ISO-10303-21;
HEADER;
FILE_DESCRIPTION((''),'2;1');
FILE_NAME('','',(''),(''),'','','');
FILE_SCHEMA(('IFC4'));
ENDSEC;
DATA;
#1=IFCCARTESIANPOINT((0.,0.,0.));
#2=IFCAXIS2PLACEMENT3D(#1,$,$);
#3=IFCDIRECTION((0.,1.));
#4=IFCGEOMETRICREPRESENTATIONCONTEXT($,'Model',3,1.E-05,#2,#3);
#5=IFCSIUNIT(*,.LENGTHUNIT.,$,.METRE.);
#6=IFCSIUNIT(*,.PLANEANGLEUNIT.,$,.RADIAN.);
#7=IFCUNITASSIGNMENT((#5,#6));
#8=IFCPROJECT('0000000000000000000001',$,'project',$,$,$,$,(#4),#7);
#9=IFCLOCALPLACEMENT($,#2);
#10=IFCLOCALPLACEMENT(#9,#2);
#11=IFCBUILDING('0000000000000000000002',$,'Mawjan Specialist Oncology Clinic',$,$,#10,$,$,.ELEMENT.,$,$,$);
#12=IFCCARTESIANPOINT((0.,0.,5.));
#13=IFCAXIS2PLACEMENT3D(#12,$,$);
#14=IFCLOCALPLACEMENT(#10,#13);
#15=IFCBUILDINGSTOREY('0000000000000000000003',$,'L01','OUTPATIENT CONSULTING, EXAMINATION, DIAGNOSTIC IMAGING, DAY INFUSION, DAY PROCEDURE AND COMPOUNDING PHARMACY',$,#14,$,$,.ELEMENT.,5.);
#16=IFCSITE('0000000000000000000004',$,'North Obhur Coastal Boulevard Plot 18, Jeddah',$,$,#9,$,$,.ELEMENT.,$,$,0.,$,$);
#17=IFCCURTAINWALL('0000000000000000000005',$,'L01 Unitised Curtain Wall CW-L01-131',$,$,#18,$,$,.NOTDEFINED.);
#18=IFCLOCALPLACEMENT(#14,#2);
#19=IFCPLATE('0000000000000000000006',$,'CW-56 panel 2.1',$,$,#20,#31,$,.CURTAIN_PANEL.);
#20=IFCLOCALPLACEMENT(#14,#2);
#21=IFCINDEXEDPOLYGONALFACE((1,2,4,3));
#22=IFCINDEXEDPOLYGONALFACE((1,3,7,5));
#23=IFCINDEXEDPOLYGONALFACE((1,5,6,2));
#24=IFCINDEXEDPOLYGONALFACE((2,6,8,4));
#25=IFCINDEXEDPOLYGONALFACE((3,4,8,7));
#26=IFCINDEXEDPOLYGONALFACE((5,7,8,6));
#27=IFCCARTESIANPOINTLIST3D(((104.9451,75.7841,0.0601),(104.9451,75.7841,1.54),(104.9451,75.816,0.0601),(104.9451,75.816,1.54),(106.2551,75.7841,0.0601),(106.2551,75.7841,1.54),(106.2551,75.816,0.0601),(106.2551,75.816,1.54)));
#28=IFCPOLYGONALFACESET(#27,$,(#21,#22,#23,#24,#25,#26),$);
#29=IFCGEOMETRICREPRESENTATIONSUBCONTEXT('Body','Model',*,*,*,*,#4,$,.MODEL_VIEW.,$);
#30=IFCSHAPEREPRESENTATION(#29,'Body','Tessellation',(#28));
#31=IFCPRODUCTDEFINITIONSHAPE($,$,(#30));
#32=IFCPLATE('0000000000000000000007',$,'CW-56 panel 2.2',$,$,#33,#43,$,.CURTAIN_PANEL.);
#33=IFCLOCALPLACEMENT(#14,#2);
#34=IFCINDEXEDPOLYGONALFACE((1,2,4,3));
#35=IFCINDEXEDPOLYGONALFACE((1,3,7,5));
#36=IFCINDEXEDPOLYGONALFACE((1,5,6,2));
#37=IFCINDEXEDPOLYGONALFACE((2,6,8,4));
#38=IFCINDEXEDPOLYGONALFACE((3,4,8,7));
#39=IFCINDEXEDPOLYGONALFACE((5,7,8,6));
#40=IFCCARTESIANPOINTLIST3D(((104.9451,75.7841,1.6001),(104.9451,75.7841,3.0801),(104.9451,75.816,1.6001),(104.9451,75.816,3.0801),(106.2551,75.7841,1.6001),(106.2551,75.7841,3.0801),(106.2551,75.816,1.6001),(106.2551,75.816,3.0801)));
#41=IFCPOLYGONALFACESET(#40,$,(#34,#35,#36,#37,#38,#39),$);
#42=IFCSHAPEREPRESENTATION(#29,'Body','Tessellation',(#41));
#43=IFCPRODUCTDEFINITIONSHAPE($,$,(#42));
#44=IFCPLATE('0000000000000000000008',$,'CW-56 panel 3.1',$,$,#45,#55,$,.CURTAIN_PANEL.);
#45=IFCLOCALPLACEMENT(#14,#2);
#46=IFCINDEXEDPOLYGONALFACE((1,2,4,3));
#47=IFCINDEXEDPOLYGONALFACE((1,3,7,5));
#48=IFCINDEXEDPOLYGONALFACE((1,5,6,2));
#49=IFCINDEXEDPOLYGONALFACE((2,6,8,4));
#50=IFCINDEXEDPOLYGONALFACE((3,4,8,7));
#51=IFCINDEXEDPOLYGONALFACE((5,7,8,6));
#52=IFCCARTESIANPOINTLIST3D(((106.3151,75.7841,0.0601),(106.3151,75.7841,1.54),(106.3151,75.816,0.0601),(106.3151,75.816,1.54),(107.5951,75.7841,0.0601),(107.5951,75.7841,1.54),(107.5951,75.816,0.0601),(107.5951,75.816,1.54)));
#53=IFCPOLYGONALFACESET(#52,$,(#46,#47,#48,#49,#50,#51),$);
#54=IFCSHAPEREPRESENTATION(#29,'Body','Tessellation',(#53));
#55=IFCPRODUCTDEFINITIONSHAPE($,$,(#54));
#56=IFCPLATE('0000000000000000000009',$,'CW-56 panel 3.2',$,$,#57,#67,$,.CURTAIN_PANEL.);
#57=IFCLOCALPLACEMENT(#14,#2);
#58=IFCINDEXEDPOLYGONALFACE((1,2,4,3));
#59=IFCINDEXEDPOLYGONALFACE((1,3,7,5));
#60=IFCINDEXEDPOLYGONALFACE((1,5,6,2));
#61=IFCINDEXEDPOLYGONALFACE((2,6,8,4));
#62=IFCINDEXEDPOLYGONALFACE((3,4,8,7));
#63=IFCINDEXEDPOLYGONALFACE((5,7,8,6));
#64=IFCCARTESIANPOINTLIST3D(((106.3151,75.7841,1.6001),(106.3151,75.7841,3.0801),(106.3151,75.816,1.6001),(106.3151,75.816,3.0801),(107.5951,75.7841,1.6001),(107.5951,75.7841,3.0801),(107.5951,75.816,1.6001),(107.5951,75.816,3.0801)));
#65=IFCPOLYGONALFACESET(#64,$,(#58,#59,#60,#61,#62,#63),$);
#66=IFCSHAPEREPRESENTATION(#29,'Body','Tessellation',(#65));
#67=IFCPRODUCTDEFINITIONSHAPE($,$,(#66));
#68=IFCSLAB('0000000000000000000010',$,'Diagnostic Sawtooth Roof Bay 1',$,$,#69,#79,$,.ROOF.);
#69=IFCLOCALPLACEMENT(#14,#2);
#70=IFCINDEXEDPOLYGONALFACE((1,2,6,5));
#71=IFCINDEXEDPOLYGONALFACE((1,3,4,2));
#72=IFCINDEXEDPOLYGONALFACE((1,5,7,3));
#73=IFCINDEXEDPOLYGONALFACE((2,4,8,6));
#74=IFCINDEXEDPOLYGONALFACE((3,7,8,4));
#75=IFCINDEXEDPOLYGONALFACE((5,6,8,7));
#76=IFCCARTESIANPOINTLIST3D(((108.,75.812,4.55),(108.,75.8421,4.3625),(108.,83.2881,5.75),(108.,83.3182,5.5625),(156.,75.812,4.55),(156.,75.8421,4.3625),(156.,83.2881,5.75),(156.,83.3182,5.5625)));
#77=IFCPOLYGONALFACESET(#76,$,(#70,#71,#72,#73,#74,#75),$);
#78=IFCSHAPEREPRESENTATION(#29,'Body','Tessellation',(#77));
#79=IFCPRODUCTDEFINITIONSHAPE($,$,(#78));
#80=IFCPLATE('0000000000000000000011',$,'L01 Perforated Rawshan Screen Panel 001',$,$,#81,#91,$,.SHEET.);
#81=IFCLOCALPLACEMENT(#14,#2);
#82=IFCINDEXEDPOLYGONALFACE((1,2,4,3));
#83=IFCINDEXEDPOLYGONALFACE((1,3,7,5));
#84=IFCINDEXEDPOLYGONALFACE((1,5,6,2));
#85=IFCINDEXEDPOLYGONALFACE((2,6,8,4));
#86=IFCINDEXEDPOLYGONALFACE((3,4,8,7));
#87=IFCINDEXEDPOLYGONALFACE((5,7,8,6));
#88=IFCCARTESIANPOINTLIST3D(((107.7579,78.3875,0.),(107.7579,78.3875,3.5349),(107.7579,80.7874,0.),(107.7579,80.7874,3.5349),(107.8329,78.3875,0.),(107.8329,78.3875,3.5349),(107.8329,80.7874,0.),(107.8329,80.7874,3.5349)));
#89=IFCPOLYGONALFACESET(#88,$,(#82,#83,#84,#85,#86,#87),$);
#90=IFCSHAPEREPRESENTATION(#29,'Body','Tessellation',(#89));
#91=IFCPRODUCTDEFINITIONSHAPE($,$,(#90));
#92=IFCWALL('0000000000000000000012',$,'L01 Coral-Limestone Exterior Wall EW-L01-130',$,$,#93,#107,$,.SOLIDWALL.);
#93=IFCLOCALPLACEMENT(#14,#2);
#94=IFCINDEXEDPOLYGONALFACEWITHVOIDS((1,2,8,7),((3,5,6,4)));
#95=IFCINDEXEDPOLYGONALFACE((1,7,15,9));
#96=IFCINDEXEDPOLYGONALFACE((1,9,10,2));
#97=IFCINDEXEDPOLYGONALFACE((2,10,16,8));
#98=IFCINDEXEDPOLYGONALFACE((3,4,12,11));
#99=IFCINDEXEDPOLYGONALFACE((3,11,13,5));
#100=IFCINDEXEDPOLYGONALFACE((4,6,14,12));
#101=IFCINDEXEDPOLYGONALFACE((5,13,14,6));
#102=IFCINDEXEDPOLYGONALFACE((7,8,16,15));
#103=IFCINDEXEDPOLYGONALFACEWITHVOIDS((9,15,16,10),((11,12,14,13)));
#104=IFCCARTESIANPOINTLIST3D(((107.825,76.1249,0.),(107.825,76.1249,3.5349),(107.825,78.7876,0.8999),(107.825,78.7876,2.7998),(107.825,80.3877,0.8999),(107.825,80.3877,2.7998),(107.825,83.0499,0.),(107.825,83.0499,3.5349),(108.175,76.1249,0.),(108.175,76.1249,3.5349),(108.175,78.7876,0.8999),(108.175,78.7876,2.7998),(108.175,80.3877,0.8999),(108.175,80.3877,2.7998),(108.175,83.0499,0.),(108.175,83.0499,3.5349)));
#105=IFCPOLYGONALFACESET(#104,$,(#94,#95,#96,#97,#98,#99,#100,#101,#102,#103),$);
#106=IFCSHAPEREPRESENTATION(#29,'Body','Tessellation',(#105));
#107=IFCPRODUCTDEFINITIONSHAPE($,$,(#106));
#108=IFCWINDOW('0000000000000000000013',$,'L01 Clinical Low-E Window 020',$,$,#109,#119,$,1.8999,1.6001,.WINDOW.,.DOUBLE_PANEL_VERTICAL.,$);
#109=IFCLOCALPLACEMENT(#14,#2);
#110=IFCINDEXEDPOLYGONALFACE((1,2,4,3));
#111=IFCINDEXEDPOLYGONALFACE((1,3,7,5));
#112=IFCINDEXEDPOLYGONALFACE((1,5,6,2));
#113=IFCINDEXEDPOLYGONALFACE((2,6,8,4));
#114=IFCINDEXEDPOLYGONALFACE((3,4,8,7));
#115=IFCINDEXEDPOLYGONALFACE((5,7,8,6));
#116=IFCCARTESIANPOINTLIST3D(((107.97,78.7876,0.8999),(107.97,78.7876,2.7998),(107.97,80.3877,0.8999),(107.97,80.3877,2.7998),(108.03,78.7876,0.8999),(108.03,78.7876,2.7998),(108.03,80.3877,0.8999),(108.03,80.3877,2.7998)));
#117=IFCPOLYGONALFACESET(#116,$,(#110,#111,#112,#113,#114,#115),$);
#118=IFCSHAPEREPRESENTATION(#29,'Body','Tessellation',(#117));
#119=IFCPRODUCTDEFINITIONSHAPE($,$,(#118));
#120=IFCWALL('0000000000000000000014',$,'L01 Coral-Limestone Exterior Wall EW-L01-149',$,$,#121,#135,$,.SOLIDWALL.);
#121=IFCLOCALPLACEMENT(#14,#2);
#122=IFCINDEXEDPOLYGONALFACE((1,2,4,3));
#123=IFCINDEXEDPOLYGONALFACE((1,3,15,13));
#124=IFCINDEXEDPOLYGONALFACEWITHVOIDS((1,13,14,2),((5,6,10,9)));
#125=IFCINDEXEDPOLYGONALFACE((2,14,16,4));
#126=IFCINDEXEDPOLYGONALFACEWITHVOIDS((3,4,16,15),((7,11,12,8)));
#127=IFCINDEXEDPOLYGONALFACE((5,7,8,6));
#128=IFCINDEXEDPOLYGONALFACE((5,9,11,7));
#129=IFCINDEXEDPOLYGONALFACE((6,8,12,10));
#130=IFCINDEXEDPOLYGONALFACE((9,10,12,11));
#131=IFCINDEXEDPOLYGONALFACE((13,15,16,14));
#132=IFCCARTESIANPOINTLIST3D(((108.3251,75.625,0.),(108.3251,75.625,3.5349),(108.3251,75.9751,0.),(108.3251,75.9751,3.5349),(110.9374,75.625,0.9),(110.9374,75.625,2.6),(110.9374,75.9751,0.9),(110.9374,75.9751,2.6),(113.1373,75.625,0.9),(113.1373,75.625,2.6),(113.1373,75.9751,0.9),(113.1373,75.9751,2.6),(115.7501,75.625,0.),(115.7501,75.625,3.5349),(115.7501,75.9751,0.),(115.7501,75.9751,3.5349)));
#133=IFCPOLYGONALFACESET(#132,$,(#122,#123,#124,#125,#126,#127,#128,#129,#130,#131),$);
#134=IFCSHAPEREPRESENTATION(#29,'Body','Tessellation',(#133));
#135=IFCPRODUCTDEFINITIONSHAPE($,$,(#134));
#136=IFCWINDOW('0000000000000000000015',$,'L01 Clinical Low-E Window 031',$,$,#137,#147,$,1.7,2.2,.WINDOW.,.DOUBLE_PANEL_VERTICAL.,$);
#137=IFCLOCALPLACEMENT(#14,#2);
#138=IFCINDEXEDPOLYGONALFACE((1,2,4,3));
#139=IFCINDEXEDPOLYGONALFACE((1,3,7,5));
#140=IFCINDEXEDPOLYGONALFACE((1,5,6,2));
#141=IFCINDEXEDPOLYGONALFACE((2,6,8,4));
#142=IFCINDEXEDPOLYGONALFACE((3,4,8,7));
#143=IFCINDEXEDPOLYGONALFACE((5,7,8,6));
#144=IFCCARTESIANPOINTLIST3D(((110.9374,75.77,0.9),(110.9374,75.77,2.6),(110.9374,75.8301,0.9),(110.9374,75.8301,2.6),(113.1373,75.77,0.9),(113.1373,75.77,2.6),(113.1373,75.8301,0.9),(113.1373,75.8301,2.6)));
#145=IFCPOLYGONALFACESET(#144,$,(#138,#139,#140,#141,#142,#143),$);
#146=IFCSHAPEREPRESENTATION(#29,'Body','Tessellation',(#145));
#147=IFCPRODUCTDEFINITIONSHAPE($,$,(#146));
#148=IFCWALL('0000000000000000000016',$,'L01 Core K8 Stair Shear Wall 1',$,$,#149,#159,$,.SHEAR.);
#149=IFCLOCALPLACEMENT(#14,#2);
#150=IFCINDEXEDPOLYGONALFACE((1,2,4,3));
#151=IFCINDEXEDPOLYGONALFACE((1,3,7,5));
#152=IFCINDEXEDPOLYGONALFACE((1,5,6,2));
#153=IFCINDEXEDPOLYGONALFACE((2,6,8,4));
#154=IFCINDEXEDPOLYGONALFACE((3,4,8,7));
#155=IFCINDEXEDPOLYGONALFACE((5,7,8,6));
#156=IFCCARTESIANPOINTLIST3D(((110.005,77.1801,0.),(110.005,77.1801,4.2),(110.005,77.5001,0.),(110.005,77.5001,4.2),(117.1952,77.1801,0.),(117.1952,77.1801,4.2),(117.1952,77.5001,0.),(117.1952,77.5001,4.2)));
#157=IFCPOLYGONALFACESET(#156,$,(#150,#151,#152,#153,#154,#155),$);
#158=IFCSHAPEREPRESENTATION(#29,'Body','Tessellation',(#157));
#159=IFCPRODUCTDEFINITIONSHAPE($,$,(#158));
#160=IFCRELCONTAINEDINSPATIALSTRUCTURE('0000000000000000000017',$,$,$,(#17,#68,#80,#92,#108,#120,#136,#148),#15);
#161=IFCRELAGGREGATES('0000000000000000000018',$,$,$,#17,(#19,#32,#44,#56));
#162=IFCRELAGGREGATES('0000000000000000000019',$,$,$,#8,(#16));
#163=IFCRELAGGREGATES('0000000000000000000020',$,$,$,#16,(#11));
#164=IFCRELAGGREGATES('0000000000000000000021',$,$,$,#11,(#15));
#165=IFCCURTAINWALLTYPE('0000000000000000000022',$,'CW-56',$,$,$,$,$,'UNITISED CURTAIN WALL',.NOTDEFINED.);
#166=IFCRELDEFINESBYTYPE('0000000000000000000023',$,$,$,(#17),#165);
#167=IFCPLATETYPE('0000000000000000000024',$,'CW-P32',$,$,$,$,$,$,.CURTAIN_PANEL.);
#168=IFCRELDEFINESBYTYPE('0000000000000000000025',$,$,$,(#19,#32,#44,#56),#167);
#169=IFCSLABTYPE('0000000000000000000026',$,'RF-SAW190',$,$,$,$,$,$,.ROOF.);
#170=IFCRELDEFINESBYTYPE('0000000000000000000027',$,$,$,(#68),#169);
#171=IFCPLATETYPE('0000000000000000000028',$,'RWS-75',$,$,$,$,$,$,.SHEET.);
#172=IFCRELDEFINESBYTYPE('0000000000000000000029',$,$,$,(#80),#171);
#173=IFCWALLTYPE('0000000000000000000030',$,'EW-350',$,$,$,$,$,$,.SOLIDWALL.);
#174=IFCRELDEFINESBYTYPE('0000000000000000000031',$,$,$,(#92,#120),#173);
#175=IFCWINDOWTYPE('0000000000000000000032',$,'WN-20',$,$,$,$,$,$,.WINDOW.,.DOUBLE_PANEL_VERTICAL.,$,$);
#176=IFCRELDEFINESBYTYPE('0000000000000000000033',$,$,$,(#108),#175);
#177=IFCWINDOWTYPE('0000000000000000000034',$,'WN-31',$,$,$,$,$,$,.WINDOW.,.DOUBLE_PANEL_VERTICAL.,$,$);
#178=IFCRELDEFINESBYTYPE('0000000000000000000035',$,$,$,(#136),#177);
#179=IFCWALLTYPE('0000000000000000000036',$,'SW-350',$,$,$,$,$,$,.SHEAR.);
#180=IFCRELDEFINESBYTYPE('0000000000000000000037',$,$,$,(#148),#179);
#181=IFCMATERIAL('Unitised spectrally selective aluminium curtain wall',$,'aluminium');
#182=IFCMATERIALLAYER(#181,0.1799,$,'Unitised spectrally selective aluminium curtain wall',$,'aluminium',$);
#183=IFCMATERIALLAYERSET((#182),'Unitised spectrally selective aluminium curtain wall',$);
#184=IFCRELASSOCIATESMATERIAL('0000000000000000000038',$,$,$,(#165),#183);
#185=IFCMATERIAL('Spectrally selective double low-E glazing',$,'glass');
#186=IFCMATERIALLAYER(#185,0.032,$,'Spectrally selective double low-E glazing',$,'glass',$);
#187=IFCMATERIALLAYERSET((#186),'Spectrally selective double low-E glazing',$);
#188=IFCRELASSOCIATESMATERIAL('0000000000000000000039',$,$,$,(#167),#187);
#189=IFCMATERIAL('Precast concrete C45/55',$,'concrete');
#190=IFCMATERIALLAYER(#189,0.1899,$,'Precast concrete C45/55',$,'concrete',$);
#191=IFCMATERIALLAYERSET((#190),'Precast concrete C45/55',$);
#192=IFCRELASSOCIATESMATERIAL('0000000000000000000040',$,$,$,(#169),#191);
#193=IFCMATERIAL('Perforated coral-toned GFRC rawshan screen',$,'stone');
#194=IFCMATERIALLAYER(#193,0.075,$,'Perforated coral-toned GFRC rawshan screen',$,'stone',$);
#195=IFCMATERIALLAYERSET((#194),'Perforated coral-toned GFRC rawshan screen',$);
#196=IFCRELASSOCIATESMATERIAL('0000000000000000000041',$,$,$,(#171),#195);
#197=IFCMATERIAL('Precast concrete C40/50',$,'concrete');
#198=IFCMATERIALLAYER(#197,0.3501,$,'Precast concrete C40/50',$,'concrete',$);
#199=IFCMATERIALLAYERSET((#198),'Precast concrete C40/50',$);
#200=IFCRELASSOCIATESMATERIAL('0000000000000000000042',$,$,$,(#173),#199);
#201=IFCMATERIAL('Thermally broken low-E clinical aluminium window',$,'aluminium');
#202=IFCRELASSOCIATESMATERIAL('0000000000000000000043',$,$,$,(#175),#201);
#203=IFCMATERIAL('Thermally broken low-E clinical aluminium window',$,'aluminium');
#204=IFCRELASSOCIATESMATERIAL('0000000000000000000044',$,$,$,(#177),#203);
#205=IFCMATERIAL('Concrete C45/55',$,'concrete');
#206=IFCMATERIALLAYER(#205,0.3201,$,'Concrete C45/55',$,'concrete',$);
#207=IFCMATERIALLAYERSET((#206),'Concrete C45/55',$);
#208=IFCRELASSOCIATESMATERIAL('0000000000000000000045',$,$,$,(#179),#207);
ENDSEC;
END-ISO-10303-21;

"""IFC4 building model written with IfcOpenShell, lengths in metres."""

from ifc_helpers import new_model, si_unit, direction, frame, frame_2d, origin, origin_2d, place, context, subcontext, project, spatial, polyline, rectangle, outline, extrude, material, layer, layer_set, type_object, element, fill, aggregate, save


model = new_model("IFC4")

# Units and contexts
model_context = context("Model", 3, precision=1e-05, world=origin(), true_north=direction((0.0, 1.0)))
body_context = subcontext(model_context, "Body", "Model", "MODEL_VIEW")
ifc_project = project(units=[si_unit("LENGTHUNIT", "METRE"), si_unit("PLANEANGLEUNIT", "RADIAN")], contexts=[model_context])

# Site, building, storey
site_placement = place(None, origin())
site = spatial("IfcSite", under=ifc_project, at=site_placement, Name="North Obhur Coastal Boulevard Plot 18, Jeddah", CompositionType="ELEMENT", RefElevation=0.0)
building_placement = place(site_placement, origin())
building = spatial("IfcBuilding", under=site, at=building_placement, Name="Mawjan Specialist Oncology Clinic", CompositionType="ELEMENT")
storey_placement = place(building_placement, frame((0.0, 0.0, 5.0)))
storey = spatial("IfcBuildingStorey", under=building, at=storey_placement, Name="L01", Description="OUTPATIENT CONSULTING, EXAMINATION, DIAGNOSTIC IMAGING, DAY INFUSION, DAY PROCEDURE AND COMPOUNDING PHARMACY", CompositionType="ELEMENT", Elevation=5.0)

# Curtain wall
ifc_material_1 = material(Name="Unitised spectrally selective aluminium curtain wall", Category="aluminium")
ifc_layer_1 = layer(ifc_material_1, 0.1799, Name="Unitised spectrally selective aluminium curtain wall", Category="aluminium")
ifc_layer_set_1 = layer_set([ifc_layer_1], Name="Unitised spectrally selective aluminium curtain wall")
curtain_wall_type = type_object("IfcCurtainWallType", Name="CW-56", ElementType="UNITISED CURTAIN WALL", PredefinedType="NOTDEFINED", material=ifc_layer_set_1)
curtain_wall_placement = place(storey_placement, origin())
curtain_wall = element("IfcCurtainWall", 1, at=curtain_wall_placement, inside=storey, type_object=curtain_wall_type, Name="L01 Unitised Curtain Wall CW-L01-131", PredefinedType="NOTDEFINED")

# Plates
ifc_material_2 = material(Name="Spectrally selective double low-E glazing", Category="glass")
ifc_layer_2 = layer(ifc_material_2, 0.032, Name="Spectrally selective double low-E glazing", Category="glass")
ifc_layer_set_2 = layer_set([ifc_layer_2], Name="Spectrally selective double low-E glazing")
plate_type_1 = type_object("IfcPlateType", Name="CW-P32", PredefinedType="CURTAIN_PANEL", material=ifc_layer_set_2)
plate_1_placement = place(storey_placement, frame((105.6001, 75.8, 0.0601), z_axis=(0.0, 0.0, 1.0), x_axis=(1.0, 0.0, 0.0)))
plate_1 = element("IfcPlate", 2, at=plate_1_placement, type_object=plate_type_1, Name="CW-56 panel 2.1", PredefinedType="CURTAIN_PANEL", context=body_context, shape_type="SweptSolid", body=[
    extrude(rectangle(XDim=1.3101, YDim=0.032, at=origin_2d()), origin(), (0.0, 0.0, 1.0), 1.48),
])
plate_2_placement = place(storey_placement, frame((105.6001, 75.8, 1.6001), z_axis=(0.0, 0.0, 1.0), x_axis=(1.0, 0.0, 0.0)))
plate_2 = element("IfcPlate", 3, at=plate_2_placement, type_object=plate_type_1, Name="CW-56 panel 2.2", PredefinedType="CURTAIN_PANEL", context=body_context, shape_type="SweptSolid", body=[
    extrude(rectangle(XDim=1.3101, YDim=0.032, at=origin_2d()), origin(), (0.0, 0.0, 1.0), 1.48),
])
plate_3_placement = place(storey_placement, frame((106.9551, 75.8, 0.0601), z_axis=(0.0, 0.0, 1.0), x_axis=(1.0, 0.0, 0.0)))
plate_3 = element("IfcPlate", 4, at=plate_3_placement, type_object=plate_type_1, Name="CW-56 panel 3.1", PredefinedType="CURTAIN_PANEL", context=body_context, shape_type="SweptSolid", body=[
    extrude(rectangle(XDim=1.28, YDim=0.032, at=origin_2d()), origin(), (0.0, 0.0, 1.0), 1.48),
])
plate_4_placement = place(storey_placement, frame((106.9551, 75.8, 1.6001), z_axis=(0.0, 0.0, 1.0), x_axis=(1.0, 0.0, 0.0)))
plate_4 = element("IfcPlate", 5, at=plate_4_placement, type_object=plate_type_1, Name="CW-56 panel 3.2", PredefinedType="CURTAIN_PANEL", context=body_context, shape_type="SweptSolid", body=[
    extrude(rectangle(XDim=1.28, YDim=0.032, at=origin_2d()), origin(), (0.0, 0.0, 1.0), 1.48),
])
aggregate(curtain_wall, [plate_1, plate_2, plate_3, plate_4])

# Slab
ifc_material_3 = material(Name="Precast concrete C45/55", Category="concrete")
ifc_layer_3 = layer(ifc_material_3, 0.1899, Name="Precast concrete C45/55", Category="concrete")
ifc_layer_set_3 = layer_set([ifc_layer_3], Name="Precast concrete C45/55")
slab_type = type_object("IfcSlabType", Name="RF-SAW190", PredefinedType="ROOF", material=ifc_layer_set_3)
slab_placement = place(storey_placement, frame((108.0, 75.812, 4.55), z_axis=(0.0, -0.158477, 0.987363), x_axis=(1.0, 0.0, 0.0)))
element("IfcSlab", 6, at=slab_placement, inside=storey, type_object=slab_type, Name="Diagnostic Sawtooth Roof Bay 1", PredefinedType="ROOF", context=body_context, shape_type="SweptSolid", body=[
    extrude(outline(polyline([(0.0, 0.0), (48.0, 0.0), (48.0, 7.5718), (0.0, 7.5718), (0.0, 0.0)])), origin(), (0.0, 0.0, -1.0), 0.1899),
])

# Plate
ifc_material_4 = material(Name="Perforated coral-toned GFRC rawshan screen", Category="stone")
ifc_layer_4 = layer(ifc_material_4, 0.075, Name="Perforated coral-toned GFRC rawshan screen", Category="stone")
ifc_layer_set_4 = layer_set([ifc_layer_4], Name="Perforated coral-toned GFRC rawshan screen")
plate_type_2 = type_object("IfcPlateType", Name="RWS-75", PredefinedType="SHEET", material=ifc_layer_set_4)
plate_5_placement = place(storey_placement, frame((107.7954, 79.5874, 0.0), z_axis=(0.0, 0.0, 1.0), x_axis=(0.0, 1.0, 0.0)))
element("IfcPlate", 7, at=plate_5_placement, inside=storey, type_object=plate_type_2, Name="L01 Perforated Rawshan Screen Panel 001", PredefinedType="SHEET", context=body_context, shape_type="SweptSolid", body=[
    extrude(rectangle(XDim=2.3999, YDim=0.075, at=origin_2d()), origin(), (0.0, 0.0, 1.0), 3.5349),
])

# Walls, openings, windows
ifc_material_5 = material(Name="Precast concrete C40/50", Category="concrete")
ifc_layer_5 = layer(ifc_material_5, 0.3501, Name="Precast concrete C40/50", Category="concrete")
ifc_layer_set_5 = layer_set([ifc_layer_5], Name="Precast concrete C40/50")
wall_type_1 = type_object("IfcWallType", Name="EW-350", PredefinedType="SOLIDWALL", material=ifc_layer_set_5)
wall_1_placement = place(storey_placement, frame((108.0, 76.125, 0.0), z_axis=(0.0, 0.0, 1.0), x_axis=(0.0, 1.0, 0.0)))
wall_1 = element("IfcWall", 8, at=wall_1_placement, inside=storey, type_object=wall_type_1, Name="L01 Coral-Limestone Exterior Wall EW-L01-130", PredefinedType="SOLIDWALL", context=body_context, shape_type="SweptSolid", body=[
    extrude(rectangle(XDim=6.925, YDim=0.3501, at=frame_2d((3.4624, 0.0))), origin(), (0.0, 0.0, 1.0), 3.5349),
])
opening_1_placement = place(wall_1_placement, frame((2.6626, 0.0, 0.8999)))
opening_1 = element("IfcOpeningElement", 9, at=opening_1_placement, cuts=wall_1, PredefinedType="OPENING", context=body_context, shape_type="SweptSolid", body=[
    extrude(rectangle(XDim=1.6001, YDim=1.8999, at=frame_2d((0.8, 0.95))), frame((0.0, 0.187, 0.0), z_axis=(0.0, -1.0, 0.0), x_axis=(1.0, 0.0, 0.0)), (0.0, 0.0, 1.0), 0.374),
])
ifc_material_6 = material(Name="Thermally broken low-E clinical aluminium window", Category="aluminium")
window_type_1 = type_object("IfcWindowType", Name="WN-20", PartitioningType="DOUBLE_PANEL_VERTICAL", PredefinedType="WINDOW", material=ifc_material_6)
window_1_placement = place(opening_1_placement, origin())
window_1 = element("IfcWindow", 10, at=window_1_placement, inside=storey, type_object=window_type_1, Name="L01 Clinical Low-E Window 020", OverallHeight=1.8999, OverallWidth=1.6001, PartitioningType="DOUBLE_PANEL_VERTICAL", PredefinedType="WINDOW", context=body_context, shape_type="SweptSolid", body=[
    extrude(rectangle(XDim=1.6001, YDim=1.8999, at=frame_2d((0.8, 0.95))), frame((0.0, 0.03, 0.0), z_axis=(0.0, -1.0, 0.0), x_axis=(1.0, 0.0, 0.0)), (0.0, 0.0, 1.0), 0.0601),
])
fill(opening_1, window_1)
wall_2_placement = place(storey_placement, frame((115.75, 75.8, 0.0), z_axis=(0.0, 0.0, 1.0), x_axis=(-1.0, 0.0, 0.0)))
wall_2 = element("IfcWall", 11, at=wall_2_placement, inside=storey, type_object=wall_type_1, Name="L01 Coral-Limestone Exterior Wall EW-L01-149", PredefinedType="SOLIDWALL", context=body_context, shape_type="SweptSolid", body=[
    extrude(rectangle(XDim=7.425, YDim=0.3501, at=frame_2d((3.7124, 0.0))), origin(), (0.0, 0.0, 1.0), 3.5349),
])
opening_2_placement = place(wall_2_placement, frame((2.6125, 0.0, 0.8999)))
opening_2 = element("IfcOpeningElement", 12, at=opening_2_placement, cuts=wall_2, PredefinedType="OPENING", context=body_context, shape_type="SweptSolid", body=[
    extrude(rectangle(XDim=2.2, YDim=1.7, at=frame_2d((1.1001, 0.8501))), frame((0.0, 0.187, 0.0), z_axis=(0.0, -1.0, 0.0), x_axis=(1.0, 0.0, 0.0)), (0.0, 0.0, 1.0), 0.374),
])
ifc_material_7 = material(Name="Thermally broken low-E clinical aluminium window", Category="aluminium")
window_type_2 = type_object("IfcWindowType", Name="WN-31", PartitioningType="DOUBLE_PANEL_VERTICAL", PredefinedType="WINDOW", material=ifc_material_7)
window_2_placement = place(opening_2_placement, origin())
window_2 = element("IfcWindow", 13, at=window_2_placement, inside=storey, type_object=window_type_2, Name="L01 Clinical Low-E Window 031", OverallHeight=1.7, OverallWidth=2.2, PartitioningType="DOUBLE_PANEL_VERTICAL", PredefinedType="WINDOW", context=body_context, shape_type="SweptSolid", body=[
    extrude(rectangle(XDim=2.2, YDim=1.7, at=frame_2d((1.1001, 0.8501))), frame((0.0, 0.03, 0.0), z_axis=(0.0, -1.0, 0.0), x_axis=(1.0, 0.0, 0.0)), (0.0, 0.0, 1.0), 0.0601),
])
fill(opening_2, window_2)

# Wall
ifc_material_8 = material(Name="Concrete C45/55", Category="concrete")
ifc_layer_6 = layer(ifc_material_8, 0.3201, Name="Concrete C45/55", Category="concrete")
ifc_layer_set_6 = layer_set([ifc_layer_6], Name="Concrete C45/55")
wall_type_2 = type_object("IfcWallType", Name="SW-350", PredefinedType="SHEAR", material=ifc_layer_set_6)
wall_3_placement = place(storey_placement, frame((110.0049, 77.3401, 0.0), z_axis=(0.0, 0.0, 1.0), x_axis=(1.0, 0.0, 0.0)))
element("IfcWall", 14, at=wall_3_placement, inside=storey, type_object=wall_type_2, Name="L01 Core K8 Stair Shear Wall 1", PredefinedType="SHEAR", context=body_context, shape_type="SweptSolid", body=[
    extrude(rectangle(XDim=7.1902, YDim=0.3201, at=frame_2d((3.5952, 0.0))), origin(), (0.0, 0.0, 1.0), 4.2),
])

save(model, "model.ifc")
